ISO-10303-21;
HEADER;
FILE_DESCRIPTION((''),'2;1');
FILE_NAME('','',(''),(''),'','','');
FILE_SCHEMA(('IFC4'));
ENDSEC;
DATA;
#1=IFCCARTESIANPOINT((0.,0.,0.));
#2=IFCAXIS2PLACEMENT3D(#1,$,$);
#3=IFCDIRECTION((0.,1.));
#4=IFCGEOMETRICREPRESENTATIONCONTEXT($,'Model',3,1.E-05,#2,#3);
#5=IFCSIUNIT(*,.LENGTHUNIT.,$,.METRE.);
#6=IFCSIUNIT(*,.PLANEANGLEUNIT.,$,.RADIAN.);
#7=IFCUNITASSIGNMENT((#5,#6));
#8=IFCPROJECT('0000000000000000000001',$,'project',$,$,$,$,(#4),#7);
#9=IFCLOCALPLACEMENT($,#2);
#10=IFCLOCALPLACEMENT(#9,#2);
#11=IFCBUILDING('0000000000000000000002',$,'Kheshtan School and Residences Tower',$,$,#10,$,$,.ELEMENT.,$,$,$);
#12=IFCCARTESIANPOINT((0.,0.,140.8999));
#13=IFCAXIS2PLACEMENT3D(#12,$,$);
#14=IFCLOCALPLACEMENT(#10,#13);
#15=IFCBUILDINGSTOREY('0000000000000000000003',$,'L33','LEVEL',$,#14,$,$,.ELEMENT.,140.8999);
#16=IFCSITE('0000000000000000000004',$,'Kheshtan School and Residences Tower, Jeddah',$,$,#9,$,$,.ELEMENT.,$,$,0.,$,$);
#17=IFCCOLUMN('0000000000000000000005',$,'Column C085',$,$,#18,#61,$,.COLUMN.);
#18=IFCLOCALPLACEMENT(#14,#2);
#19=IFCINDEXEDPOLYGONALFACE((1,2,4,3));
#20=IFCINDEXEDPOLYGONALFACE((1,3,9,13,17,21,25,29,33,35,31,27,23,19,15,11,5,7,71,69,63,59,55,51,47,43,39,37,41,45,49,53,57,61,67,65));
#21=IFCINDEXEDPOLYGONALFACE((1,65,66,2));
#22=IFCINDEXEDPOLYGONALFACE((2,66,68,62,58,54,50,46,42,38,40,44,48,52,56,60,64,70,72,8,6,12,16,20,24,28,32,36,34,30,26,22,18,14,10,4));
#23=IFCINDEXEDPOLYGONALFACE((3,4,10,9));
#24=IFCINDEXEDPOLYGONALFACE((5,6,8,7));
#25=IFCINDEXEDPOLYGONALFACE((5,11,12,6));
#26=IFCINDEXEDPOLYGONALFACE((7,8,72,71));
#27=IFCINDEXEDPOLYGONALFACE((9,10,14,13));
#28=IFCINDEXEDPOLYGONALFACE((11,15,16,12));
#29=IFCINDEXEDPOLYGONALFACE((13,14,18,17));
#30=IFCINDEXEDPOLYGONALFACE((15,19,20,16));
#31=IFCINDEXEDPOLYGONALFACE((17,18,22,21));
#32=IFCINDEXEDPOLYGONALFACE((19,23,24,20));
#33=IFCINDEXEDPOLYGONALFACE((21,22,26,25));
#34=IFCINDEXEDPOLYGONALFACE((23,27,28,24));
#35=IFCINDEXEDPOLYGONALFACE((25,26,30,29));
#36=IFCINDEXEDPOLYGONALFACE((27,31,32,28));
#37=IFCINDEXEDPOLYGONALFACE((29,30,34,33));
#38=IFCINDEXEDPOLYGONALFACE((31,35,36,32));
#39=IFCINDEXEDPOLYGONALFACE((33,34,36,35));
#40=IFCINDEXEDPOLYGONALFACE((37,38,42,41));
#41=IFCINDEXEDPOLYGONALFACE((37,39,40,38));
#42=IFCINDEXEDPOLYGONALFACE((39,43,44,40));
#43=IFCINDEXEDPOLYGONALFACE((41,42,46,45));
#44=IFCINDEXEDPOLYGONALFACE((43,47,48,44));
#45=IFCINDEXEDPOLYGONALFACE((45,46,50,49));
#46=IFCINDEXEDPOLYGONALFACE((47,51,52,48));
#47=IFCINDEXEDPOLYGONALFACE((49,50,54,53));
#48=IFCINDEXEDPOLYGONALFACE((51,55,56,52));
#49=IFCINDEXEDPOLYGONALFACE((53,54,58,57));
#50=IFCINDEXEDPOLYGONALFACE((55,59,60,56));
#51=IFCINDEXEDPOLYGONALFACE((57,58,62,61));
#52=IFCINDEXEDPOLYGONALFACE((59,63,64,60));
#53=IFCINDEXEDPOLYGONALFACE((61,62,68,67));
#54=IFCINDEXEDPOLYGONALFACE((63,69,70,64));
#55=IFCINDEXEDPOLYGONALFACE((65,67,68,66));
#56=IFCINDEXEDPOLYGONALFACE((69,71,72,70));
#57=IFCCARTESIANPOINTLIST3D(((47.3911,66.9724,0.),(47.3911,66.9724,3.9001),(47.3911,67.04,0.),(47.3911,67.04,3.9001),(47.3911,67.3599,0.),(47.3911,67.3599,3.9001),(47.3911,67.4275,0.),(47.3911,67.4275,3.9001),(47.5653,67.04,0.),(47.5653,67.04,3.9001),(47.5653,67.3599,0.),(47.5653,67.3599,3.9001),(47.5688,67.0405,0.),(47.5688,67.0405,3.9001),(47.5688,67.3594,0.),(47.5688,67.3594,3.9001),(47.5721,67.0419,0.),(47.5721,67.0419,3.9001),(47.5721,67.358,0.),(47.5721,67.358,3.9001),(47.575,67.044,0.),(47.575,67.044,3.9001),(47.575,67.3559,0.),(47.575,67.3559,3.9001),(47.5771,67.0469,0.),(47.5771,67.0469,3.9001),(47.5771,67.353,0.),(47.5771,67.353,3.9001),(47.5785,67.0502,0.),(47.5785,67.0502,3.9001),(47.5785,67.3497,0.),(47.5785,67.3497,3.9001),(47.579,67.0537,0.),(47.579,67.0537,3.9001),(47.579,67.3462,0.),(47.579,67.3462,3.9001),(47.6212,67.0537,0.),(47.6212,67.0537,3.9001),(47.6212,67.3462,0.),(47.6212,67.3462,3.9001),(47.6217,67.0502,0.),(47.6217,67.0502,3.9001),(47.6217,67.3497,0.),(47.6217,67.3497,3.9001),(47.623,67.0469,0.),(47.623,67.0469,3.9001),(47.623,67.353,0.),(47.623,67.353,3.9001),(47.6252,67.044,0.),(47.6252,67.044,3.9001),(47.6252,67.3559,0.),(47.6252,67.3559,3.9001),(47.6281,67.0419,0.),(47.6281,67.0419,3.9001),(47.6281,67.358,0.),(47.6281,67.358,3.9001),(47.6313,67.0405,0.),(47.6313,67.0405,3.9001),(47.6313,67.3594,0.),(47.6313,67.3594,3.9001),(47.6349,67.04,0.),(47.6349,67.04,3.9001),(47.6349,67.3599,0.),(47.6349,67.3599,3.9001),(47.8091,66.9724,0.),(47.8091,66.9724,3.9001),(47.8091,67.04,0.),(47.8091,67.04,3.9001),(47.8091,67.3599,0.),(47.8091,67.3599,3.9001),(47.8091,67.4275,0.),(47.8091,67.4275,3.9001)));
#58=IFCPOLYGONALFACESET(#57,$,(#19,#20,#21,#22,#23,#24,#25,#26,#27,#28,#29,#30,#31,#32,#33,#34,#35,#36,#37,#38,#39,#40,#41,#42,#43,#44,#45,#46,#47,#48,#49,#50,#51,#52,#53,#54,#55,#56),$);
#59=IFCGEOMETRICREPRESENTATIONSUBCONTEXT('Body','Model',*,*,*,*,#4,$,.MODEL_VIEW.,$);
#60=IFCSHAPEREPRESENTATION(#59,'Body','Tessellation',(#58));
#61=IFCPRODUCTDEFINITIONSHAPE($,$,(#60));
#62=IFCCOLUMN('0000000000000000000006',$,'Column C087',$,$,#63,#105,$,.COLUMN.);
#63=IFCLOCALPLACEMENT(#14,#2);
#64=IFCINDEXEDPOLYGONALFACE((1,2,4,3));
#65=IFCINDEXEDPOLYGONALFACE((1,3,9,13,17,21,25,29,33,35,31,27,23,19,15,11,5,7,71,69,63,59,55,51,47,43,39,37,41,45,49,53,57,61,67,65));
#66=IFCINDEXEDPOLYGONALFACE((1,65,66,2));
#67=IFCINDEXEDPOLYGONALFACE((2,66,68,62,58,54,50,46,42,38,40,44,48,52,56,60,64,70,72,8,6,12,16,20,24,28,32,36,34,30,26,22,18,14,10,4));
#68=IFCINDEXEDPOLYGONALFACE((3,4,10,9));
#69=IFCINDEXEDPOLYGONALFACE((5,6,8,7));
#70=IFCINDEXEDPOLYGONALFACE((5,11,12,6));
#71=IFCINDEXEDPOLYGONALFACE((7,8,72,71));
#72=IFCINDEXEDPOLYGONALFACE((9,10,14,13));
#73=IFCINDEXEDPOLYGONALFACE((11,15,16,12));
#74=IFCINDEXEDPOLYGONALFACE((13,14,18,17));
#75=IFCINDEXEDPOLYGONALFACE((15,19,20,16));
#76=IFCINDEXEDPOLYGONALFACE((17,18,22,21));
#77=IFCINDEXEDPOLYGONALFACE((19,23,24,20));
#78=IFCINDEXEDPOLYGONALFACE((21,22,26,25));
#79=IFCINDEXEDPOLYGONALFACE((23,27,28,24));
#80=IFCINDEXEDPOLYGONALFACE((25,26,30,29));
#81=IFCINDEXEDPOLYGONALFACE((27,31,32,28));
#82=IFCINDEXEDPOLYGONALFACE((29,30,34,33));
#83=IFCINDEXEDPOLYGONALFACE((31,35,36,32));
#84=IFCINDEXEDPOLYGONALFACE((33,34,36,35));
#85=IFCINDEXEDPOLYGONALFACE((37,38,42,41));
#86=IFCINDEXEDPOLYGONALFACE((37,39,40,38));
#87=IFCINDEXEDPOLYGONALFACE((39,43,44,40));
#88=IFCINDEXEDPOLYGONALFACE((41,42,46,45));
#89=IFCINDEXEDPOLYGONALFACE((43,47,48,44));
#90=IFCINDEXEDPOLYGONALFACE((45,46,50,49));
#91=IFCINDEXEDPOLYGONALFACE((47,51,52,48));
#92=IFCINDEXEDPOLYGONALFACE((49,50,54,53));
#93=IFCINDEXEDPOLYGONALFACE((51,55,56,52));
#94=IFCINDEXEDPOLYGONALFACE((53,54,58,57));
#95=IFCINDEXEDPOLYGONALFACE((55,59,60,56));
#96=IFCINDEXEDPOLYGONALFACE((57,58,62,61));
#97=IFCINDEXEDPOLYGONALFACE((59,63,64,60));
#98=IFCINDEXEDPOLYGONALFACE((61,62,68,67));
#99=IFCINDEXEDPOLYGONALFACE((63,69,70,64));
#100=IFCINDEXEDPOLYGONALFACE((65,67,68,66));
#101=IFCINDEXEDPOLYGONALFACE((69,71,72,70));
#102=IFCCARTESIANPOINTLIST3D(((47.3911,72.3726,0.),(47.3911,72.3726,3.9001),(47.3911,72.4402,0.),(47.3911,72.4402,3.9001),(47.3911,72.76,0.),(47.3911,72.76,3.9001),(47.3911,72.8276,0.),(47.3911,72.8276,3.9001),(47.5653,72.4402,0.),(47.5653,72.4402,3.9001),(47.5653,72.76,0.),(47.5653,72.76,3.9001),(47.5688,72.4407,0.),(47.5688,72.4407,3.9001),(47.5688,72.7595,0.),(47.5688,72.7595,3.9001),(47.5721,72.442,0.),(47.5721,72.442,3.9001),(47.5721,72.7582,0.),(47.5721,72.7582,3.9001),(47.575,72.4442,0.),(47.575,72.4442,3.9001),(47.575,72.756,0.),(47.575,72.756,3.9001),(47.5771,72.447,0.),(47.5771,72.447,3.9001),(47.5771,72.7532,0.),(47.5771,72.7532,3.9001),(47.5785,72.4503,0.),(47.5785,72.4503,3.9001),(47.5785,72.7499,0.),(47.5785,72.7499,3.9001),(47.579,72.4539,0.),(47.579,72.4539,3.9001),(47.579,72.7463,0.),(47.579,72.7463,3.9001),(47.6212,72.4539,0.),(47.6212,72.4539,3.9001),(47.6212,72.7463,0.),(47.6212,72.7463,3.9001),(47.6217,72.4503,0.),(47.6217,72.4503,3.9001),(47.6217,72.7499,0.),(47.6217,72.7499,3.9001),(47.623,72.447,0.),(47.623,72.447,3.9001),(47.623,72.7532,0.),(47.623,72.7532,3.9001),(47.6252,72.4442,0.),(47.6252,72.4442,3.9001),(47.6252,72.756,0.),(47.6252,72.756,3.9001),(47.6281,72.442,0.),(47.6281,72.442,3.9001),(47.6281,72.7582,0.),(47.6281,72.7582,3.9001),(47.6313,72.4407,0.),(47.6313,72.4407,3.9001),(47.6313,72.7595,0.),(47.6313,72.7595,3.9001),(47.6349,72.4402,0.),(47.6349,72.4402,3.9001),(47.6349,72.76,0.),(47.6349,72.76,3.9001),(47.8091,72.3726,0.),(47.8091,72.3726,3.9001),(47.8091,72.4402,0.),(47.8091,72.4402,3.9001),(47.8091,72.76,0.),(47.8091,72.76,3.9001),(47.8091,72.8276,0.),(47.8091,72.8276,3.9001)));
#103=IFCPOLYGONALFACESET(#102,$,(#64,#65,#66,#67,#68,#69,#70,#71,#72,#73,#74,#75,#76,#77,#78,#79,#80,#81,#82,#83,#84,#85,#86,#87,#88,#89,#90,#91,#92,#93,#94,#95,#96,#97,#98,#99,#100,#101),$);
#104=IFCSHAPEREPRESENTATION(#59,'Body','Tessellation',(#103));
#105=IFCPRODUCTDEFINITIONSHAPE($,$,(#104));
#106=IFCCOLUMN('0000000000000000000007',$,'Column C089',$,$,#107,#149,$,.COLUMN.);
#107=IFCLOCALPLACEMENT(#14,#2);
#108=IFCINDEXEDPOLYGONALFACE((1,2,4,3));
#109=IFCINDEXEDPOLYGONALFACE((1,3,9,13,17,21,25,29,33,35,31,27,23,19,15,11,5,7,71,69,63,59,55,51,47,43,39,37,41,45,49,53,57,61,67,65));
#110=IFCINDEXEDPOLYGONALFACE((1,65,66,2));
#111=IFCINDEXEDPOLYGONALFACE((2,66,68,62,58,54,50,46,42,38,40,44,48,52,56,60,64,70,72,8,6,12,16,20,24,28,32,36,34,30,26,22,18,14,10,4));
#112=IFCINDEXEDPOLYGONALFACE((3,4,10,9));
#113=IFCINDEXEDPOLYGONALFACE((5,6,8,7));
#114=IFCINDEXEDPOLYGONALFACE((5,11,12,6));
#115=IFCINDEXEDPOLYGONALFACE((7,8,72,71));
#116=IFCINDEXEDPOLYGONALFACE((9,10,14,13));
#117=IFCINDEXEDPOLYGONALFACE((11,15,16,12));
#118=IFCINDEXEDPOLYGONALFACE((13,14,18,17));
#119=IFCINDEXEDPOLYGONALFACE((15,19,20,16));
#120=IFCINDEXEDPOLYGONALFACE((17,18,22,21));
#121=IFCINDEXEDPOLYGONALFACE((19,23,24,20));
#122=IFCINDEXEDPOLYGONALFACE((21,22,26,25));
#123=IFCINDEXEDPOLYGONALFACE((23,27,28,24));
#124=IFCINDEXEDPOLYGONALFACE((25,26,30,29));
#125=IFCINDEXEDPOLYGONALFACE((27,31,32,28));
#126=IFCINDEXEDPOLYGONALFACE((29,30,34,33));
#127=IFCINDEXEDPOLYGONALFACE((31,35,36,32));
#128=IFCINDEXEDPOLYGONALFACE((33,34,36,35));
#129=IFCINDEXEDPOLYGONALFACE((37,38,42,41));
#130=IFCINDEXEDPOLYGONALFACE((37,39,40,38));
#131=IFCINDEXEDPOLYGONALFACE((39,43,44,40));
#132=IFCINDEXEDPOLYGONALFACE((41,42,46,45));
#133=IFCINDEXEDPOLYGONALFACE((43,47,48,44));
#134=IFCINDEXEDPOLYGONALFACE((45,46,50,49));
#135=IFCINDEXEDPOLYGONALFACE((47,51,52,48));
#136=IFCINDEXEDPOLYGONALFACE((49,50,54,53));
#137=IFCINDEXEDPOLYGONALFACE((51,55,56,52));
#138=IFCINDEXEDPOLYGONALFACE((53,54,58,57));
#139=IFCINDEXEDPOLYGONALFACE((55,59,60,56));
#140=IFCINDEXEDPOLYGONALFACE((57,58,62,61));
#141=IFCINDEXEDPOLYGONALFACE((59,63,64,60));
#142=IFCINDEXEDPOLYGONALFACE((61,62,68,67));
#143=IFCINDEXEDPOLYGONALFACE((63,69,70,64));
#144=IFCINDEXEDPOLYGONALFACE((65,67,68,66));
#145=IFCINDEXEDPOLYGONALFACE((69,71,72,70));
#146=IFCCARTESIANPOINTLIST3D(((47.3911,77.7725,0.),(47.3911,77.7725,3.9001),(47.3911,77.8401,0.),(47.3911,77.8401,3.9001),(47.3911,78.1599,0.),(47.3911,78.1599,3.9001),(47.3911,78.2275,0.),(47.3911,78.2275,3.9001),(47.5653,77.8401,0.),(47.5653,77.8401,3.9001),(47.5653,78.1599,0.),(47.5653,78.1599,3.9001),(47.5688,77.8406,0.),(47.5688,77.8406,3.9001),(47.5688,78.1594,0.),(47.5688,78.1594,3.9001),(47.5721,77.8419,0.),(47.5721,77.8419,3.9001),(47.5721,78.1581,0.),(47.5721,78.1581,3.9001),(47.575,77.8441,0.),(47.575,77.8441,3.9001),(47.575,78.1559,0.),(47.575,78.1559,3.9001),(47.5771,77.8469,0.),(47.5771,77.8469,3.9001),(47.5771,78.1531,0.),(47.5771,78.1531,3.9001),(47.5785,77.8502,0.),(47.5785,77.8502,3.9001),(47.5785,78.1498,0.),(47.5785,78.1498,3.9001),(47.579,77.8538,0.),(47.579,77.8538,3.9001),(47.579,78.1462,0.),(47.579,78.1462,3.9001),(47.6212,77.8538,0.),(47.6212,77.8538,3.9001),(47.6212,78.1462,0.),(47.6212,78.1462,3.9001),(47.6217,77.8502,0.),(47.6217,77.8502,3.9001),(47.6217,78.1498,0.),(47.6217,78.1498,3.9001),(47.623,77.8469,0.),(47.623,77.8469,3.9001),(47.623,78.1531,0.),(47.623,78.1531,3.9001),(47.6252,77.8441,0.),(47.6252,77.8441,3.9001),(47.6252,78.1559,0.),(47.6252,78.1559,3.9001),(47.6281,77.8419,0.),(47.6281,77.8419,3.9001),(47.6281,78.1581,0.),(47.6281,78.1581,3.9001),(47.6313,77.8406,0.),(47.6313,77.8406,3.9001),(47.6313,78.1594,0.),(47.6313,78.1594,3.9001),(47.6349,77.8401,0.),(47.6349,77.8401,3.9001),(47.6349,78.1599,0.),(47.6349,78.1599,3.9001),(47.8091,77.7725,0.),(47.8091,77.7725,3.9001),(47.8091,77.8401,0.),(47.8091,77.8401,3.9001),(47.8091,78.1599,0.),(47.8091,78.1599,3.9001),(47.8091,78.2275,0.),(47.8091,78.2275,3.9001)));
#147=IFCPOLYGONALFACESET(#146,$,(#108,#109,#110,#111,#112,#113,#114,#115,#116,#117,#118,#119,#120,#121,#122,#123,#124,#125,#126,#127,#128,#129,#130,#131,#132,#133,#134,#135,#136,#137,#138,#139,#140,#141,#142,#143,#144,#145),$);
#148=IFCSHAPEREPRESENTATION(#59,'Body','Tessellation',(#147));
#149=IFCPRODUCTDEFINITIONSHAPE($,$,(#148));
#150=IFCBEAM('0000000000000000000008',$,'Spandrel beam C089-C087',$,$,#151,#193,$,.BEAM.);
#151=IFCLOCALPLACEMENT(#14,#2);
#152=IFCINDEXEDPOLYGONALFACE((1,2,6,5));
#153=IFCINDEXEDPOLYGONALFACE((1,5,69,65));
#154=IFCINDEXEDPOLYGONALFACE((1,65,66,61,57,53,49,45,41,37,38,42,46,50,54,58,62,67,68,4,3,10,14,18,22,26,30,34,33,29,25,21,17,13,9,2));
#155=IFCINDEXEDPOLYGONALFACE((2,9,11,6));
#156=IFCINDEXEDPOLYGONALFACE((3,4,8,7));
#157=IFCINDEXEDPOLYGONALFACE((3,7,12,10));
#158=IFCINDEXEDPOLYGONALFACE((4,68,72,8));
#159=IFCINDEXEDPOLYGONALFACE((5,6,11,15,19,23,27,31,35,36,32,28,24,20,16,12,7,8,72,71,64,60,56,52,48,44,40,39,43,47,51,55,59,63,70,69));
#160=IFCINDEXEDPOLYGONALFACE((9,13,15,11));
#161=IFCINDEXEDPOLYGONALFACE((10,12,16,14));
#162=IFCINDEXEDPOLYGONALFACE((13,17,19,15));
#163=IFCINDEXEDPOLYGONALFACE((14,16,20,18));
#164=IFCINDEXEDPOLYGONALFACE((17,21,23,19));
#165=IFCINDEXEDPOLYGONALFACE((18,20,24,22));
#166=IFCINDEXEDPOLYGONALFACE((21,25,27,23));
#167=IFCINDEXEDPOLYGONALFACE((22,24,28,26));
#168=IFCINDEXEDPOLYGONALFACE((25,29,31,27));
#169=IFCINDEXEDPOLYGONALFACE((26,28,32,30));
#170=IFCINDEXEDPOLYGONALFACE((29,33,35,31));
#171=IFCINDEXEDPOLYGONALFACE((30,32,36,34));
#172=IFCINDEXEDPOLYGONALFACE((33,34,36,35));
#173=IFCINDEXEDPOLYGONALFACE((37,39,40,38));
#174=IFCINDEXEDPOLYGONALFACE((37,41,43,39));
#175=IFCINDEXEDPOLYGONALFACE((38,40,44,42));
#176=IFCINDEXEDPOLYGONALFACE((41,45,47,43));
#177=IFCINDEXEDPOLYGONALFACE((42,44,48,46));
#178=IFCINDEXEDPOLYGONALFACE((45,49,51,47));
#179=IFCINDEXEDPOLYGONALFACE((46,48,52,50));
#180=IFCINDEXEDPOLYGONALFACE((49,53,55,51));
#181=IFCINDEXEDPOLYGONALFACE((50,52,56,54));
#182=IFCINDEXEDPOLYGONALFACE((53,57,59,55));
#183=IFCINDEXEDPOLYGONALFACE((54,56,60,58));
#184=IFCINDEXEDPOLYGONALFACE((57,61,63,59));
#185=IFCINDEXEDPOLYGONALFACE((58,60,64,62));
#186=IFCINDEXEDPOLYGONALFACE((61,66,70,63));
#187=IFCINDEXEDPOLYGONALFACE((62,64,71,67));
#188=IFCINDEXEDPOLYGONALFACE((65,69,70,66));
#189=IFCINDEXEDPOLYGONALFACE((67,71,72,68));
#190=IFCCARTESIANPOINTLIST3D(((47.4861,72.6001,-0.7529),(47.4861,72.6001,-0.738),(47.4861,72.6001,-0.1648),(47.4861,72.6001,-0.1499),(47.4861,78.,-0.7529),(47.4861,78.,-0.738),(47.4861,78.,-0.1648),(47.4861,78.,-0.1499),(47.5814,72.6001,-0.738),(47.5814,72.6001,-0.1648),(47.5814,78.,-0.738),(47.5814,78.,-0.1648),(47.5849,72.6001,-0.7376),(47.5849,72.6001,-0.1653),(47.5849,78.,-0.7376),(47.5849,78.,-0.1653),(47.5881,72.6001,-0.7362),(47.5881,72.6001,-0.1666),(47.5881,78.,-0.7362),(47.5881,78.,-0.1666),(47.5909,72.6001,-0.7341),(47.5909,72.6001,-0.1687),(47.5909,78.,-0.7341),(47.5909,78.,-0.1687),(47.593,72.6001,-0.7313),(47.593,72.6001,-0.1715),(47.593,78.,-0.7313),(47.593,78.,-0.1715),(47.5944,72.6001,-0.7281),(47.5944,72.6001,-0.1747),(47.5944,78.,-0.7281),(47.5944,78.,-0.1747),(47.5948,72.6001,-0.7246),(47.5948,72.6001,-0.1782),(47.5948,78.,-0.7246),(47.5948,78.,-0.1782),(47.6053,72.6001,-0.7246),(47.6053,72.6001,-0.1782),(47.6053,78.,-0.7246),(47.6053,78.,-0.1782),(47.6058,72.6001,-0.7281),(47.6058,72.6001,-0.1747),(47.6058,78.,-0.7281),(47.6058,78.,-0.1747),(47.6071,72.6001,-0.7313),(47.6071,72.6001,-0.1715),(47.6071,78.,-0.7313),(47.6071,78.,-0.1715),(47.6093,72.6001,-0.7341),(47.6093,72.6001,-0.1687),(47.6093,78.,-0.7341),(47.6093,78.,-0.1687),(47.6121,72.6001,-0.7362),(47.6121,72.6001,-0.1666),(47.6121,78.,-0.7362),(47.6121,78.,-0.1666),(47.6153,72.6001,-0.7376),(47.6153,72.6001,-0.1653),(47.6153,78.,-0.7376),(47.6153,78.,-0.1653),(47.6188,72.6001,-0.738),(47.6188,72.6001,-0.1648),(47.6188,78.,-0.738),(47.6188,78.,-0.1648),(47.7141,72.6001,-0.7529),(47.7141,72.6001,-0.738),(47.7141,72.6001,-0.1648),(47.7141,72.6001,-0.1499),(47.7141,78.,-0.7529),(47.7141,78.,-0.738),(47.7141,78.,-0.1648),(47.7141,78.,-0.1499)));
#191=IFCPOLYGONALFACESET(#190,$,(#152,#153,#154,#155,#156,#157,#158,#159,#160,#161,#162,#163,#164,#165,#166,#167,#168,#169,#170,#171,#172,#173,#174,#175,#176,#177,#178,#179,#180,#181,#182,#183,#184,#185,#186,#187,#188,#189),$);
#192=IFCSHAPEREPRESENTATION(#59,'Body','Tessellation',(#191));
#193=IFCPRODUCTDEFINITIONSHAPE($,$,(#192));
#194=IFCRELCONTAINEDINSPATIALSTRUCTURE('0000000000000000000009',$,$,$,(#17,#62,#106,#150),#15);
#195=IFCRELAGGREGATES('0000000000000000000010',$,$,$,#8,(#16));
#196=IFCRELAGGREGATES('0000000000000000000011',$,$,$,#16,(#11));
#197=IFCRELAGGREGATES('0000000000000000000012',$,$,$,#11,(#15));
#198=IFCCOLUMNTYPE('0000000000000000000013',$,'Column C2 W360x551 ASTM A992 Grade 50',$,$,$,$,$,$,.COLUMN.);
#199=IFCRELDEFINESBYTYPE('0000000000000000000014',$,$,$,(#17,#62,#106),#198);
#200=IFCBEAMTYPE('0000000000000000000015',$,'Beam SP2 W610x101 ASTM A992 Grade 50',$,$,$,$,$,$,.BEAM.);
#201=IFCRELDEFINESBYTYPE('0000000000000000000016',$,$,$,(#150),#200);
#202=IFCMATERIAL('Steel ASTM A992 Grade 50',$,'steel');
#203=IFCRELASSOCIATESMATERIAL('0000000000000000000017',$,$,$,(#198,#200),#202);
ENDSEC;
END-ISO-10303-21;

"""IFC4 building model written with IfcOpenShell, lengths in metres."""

from ifc_helpers import new_model, si_unit, direction, frame, origin, origin_2d, place, context, subcontext, project, spatial, i_section, extrude, material, material_profile, profile_set, type_object, element, save


model = new_model("IFC4")

# Units and contexts
model_context = context("Model", 3, precision=1e-05, world=origin(), true_north=direction((0.0, 1.0)))
body_context = subcontext(model_context, "Body", "Model", "MODEL_VIEW")
ifc_project = project(units=[si_unit("LENGTHUNIT", "METRE"), si_unit("PLANEANGLEUNIT", "RADIAN")], contexts=[model_context])

# Site, building, storey
site_placement = place(None, origin())
site = spatial("IfcSite", under=ifc_project, at=site_placement, Name="Kheshtan School and Residences Tower, Jeddah", CompositionType="ELEMENT", RefElevation=0.0)
building_placement = place(site_placement, origin())
building = spatial("IfcBuilding", under=site, at=building_placement, Name="Kheshtan School and Residences Tower", CompositionType="ELEMENT")
storey_placement = place(building_placement, frame((0.0, 0.0, 140.8999)))
storey = spatial("IfcBuildingStorey", under=building, at=storey_placement, Name="L33", Description="LEVEL", CompositionType="ELEMENT", Elevation=140.8999)

# Columns
ifc_material_1 = material(Name="Steel ASTM A992 Grade 50", Category="steel")
ifc_material_profile_1 = material_profile(ifc_material_1, i_section(OverallWidth=0.418, OverallDepth=0.4551, WebThickness=0.0422, FlangeThickness=0.0676, FilletRadius=0.0137, at=origin_2d()), Name="W360x551")
ifc_profile_set_1 = profile_set([ifc_material_profile_1], Name="Steel ASTM A992 Grade 50")
column_type = type_object("IfcColumnType", Name="Column C2 W360x551 ASTM A992 Grade 50", PredefinedType="COLUMN", material=ifc_profile_set_1)
for number, where, z_axis, x_axis, name in (
    (1, (47.6001, 67.2, 0.0), (0.0, 0.0, 1.0), (1.0, 0.0, 0.0), "Column C085"),
    (2, (47.6001, 72.6001, 0.0), (0.0, 0.0, 1.0), (1.0, 0.0, 0.0), "Column C087"),
    (3, (47.6001, 78.0, 0.0), (0.0, 0.0, 1.0), (1.0, 0.0, 0.0), "Column C089"),
):
    element("IfcColumn", number, at=place(storey_placement, frame(where, z_axis=z_axis, x_axis=x_axis)), inside=storey, type_object=column_type, Name=name, PredefinedType="COLUMN", context=body_context, shape_type="SweptSolid", body=[
        extrude(i_section(OverallWidth=0.418, OverallDepth=0.4551, WebThickness=0.0422, FlangeThickness=0.0676, FilletRadius=0.0137, at=origin_2d()), origin(), (0.0, 0.0, 1.0), 3.9001),
    ])

# Beam
ifc_material_profile_2 = material_profile(ifc_material_1, i_section(OverallWidth=0.228, OverallDepth=0.603, WebThickness=0.0105, FlangeThickness=0.0149, FilletRadius=0.0134, at=origin_2d()), Name="W610x101")
ifc_profile_set_2 = profile_set([ifc_material_profile_2], Name="Steel ASTM A992 Grade 50")
beam_type = type_object("IfcBeamType", Name="Beam SP2 W610x101 ASTM A992 Grade 50", PredefinedType="BEAM", material=ifc_profile_set_2)
beam_1_placement = place(storey_placement, frame((47.6001, 78.0, -0.4514), z_axis=(0.0, -1.0, 0.0), x_axis=(1.0, 0.0, 0.0)))
element("IfcBeam", 4, at=beam_1_placement, inside=storey, type_object=beam_type, Name="Spandrel beam C089-C087", PredefinedType="BEAM", context=body_context, shape_type="SweptSolid", body=[
    extrude(i_section(OverallWidth=0.228, OverallDepth=0.603, WebThickness=0.0105, FlangeThickness=0.0149, FilletRadius=0.0134, at=origin_2d()), origin(), (0.0, 0.0, 1.0), 5.3999),
])

save(model, "model.ifc")
